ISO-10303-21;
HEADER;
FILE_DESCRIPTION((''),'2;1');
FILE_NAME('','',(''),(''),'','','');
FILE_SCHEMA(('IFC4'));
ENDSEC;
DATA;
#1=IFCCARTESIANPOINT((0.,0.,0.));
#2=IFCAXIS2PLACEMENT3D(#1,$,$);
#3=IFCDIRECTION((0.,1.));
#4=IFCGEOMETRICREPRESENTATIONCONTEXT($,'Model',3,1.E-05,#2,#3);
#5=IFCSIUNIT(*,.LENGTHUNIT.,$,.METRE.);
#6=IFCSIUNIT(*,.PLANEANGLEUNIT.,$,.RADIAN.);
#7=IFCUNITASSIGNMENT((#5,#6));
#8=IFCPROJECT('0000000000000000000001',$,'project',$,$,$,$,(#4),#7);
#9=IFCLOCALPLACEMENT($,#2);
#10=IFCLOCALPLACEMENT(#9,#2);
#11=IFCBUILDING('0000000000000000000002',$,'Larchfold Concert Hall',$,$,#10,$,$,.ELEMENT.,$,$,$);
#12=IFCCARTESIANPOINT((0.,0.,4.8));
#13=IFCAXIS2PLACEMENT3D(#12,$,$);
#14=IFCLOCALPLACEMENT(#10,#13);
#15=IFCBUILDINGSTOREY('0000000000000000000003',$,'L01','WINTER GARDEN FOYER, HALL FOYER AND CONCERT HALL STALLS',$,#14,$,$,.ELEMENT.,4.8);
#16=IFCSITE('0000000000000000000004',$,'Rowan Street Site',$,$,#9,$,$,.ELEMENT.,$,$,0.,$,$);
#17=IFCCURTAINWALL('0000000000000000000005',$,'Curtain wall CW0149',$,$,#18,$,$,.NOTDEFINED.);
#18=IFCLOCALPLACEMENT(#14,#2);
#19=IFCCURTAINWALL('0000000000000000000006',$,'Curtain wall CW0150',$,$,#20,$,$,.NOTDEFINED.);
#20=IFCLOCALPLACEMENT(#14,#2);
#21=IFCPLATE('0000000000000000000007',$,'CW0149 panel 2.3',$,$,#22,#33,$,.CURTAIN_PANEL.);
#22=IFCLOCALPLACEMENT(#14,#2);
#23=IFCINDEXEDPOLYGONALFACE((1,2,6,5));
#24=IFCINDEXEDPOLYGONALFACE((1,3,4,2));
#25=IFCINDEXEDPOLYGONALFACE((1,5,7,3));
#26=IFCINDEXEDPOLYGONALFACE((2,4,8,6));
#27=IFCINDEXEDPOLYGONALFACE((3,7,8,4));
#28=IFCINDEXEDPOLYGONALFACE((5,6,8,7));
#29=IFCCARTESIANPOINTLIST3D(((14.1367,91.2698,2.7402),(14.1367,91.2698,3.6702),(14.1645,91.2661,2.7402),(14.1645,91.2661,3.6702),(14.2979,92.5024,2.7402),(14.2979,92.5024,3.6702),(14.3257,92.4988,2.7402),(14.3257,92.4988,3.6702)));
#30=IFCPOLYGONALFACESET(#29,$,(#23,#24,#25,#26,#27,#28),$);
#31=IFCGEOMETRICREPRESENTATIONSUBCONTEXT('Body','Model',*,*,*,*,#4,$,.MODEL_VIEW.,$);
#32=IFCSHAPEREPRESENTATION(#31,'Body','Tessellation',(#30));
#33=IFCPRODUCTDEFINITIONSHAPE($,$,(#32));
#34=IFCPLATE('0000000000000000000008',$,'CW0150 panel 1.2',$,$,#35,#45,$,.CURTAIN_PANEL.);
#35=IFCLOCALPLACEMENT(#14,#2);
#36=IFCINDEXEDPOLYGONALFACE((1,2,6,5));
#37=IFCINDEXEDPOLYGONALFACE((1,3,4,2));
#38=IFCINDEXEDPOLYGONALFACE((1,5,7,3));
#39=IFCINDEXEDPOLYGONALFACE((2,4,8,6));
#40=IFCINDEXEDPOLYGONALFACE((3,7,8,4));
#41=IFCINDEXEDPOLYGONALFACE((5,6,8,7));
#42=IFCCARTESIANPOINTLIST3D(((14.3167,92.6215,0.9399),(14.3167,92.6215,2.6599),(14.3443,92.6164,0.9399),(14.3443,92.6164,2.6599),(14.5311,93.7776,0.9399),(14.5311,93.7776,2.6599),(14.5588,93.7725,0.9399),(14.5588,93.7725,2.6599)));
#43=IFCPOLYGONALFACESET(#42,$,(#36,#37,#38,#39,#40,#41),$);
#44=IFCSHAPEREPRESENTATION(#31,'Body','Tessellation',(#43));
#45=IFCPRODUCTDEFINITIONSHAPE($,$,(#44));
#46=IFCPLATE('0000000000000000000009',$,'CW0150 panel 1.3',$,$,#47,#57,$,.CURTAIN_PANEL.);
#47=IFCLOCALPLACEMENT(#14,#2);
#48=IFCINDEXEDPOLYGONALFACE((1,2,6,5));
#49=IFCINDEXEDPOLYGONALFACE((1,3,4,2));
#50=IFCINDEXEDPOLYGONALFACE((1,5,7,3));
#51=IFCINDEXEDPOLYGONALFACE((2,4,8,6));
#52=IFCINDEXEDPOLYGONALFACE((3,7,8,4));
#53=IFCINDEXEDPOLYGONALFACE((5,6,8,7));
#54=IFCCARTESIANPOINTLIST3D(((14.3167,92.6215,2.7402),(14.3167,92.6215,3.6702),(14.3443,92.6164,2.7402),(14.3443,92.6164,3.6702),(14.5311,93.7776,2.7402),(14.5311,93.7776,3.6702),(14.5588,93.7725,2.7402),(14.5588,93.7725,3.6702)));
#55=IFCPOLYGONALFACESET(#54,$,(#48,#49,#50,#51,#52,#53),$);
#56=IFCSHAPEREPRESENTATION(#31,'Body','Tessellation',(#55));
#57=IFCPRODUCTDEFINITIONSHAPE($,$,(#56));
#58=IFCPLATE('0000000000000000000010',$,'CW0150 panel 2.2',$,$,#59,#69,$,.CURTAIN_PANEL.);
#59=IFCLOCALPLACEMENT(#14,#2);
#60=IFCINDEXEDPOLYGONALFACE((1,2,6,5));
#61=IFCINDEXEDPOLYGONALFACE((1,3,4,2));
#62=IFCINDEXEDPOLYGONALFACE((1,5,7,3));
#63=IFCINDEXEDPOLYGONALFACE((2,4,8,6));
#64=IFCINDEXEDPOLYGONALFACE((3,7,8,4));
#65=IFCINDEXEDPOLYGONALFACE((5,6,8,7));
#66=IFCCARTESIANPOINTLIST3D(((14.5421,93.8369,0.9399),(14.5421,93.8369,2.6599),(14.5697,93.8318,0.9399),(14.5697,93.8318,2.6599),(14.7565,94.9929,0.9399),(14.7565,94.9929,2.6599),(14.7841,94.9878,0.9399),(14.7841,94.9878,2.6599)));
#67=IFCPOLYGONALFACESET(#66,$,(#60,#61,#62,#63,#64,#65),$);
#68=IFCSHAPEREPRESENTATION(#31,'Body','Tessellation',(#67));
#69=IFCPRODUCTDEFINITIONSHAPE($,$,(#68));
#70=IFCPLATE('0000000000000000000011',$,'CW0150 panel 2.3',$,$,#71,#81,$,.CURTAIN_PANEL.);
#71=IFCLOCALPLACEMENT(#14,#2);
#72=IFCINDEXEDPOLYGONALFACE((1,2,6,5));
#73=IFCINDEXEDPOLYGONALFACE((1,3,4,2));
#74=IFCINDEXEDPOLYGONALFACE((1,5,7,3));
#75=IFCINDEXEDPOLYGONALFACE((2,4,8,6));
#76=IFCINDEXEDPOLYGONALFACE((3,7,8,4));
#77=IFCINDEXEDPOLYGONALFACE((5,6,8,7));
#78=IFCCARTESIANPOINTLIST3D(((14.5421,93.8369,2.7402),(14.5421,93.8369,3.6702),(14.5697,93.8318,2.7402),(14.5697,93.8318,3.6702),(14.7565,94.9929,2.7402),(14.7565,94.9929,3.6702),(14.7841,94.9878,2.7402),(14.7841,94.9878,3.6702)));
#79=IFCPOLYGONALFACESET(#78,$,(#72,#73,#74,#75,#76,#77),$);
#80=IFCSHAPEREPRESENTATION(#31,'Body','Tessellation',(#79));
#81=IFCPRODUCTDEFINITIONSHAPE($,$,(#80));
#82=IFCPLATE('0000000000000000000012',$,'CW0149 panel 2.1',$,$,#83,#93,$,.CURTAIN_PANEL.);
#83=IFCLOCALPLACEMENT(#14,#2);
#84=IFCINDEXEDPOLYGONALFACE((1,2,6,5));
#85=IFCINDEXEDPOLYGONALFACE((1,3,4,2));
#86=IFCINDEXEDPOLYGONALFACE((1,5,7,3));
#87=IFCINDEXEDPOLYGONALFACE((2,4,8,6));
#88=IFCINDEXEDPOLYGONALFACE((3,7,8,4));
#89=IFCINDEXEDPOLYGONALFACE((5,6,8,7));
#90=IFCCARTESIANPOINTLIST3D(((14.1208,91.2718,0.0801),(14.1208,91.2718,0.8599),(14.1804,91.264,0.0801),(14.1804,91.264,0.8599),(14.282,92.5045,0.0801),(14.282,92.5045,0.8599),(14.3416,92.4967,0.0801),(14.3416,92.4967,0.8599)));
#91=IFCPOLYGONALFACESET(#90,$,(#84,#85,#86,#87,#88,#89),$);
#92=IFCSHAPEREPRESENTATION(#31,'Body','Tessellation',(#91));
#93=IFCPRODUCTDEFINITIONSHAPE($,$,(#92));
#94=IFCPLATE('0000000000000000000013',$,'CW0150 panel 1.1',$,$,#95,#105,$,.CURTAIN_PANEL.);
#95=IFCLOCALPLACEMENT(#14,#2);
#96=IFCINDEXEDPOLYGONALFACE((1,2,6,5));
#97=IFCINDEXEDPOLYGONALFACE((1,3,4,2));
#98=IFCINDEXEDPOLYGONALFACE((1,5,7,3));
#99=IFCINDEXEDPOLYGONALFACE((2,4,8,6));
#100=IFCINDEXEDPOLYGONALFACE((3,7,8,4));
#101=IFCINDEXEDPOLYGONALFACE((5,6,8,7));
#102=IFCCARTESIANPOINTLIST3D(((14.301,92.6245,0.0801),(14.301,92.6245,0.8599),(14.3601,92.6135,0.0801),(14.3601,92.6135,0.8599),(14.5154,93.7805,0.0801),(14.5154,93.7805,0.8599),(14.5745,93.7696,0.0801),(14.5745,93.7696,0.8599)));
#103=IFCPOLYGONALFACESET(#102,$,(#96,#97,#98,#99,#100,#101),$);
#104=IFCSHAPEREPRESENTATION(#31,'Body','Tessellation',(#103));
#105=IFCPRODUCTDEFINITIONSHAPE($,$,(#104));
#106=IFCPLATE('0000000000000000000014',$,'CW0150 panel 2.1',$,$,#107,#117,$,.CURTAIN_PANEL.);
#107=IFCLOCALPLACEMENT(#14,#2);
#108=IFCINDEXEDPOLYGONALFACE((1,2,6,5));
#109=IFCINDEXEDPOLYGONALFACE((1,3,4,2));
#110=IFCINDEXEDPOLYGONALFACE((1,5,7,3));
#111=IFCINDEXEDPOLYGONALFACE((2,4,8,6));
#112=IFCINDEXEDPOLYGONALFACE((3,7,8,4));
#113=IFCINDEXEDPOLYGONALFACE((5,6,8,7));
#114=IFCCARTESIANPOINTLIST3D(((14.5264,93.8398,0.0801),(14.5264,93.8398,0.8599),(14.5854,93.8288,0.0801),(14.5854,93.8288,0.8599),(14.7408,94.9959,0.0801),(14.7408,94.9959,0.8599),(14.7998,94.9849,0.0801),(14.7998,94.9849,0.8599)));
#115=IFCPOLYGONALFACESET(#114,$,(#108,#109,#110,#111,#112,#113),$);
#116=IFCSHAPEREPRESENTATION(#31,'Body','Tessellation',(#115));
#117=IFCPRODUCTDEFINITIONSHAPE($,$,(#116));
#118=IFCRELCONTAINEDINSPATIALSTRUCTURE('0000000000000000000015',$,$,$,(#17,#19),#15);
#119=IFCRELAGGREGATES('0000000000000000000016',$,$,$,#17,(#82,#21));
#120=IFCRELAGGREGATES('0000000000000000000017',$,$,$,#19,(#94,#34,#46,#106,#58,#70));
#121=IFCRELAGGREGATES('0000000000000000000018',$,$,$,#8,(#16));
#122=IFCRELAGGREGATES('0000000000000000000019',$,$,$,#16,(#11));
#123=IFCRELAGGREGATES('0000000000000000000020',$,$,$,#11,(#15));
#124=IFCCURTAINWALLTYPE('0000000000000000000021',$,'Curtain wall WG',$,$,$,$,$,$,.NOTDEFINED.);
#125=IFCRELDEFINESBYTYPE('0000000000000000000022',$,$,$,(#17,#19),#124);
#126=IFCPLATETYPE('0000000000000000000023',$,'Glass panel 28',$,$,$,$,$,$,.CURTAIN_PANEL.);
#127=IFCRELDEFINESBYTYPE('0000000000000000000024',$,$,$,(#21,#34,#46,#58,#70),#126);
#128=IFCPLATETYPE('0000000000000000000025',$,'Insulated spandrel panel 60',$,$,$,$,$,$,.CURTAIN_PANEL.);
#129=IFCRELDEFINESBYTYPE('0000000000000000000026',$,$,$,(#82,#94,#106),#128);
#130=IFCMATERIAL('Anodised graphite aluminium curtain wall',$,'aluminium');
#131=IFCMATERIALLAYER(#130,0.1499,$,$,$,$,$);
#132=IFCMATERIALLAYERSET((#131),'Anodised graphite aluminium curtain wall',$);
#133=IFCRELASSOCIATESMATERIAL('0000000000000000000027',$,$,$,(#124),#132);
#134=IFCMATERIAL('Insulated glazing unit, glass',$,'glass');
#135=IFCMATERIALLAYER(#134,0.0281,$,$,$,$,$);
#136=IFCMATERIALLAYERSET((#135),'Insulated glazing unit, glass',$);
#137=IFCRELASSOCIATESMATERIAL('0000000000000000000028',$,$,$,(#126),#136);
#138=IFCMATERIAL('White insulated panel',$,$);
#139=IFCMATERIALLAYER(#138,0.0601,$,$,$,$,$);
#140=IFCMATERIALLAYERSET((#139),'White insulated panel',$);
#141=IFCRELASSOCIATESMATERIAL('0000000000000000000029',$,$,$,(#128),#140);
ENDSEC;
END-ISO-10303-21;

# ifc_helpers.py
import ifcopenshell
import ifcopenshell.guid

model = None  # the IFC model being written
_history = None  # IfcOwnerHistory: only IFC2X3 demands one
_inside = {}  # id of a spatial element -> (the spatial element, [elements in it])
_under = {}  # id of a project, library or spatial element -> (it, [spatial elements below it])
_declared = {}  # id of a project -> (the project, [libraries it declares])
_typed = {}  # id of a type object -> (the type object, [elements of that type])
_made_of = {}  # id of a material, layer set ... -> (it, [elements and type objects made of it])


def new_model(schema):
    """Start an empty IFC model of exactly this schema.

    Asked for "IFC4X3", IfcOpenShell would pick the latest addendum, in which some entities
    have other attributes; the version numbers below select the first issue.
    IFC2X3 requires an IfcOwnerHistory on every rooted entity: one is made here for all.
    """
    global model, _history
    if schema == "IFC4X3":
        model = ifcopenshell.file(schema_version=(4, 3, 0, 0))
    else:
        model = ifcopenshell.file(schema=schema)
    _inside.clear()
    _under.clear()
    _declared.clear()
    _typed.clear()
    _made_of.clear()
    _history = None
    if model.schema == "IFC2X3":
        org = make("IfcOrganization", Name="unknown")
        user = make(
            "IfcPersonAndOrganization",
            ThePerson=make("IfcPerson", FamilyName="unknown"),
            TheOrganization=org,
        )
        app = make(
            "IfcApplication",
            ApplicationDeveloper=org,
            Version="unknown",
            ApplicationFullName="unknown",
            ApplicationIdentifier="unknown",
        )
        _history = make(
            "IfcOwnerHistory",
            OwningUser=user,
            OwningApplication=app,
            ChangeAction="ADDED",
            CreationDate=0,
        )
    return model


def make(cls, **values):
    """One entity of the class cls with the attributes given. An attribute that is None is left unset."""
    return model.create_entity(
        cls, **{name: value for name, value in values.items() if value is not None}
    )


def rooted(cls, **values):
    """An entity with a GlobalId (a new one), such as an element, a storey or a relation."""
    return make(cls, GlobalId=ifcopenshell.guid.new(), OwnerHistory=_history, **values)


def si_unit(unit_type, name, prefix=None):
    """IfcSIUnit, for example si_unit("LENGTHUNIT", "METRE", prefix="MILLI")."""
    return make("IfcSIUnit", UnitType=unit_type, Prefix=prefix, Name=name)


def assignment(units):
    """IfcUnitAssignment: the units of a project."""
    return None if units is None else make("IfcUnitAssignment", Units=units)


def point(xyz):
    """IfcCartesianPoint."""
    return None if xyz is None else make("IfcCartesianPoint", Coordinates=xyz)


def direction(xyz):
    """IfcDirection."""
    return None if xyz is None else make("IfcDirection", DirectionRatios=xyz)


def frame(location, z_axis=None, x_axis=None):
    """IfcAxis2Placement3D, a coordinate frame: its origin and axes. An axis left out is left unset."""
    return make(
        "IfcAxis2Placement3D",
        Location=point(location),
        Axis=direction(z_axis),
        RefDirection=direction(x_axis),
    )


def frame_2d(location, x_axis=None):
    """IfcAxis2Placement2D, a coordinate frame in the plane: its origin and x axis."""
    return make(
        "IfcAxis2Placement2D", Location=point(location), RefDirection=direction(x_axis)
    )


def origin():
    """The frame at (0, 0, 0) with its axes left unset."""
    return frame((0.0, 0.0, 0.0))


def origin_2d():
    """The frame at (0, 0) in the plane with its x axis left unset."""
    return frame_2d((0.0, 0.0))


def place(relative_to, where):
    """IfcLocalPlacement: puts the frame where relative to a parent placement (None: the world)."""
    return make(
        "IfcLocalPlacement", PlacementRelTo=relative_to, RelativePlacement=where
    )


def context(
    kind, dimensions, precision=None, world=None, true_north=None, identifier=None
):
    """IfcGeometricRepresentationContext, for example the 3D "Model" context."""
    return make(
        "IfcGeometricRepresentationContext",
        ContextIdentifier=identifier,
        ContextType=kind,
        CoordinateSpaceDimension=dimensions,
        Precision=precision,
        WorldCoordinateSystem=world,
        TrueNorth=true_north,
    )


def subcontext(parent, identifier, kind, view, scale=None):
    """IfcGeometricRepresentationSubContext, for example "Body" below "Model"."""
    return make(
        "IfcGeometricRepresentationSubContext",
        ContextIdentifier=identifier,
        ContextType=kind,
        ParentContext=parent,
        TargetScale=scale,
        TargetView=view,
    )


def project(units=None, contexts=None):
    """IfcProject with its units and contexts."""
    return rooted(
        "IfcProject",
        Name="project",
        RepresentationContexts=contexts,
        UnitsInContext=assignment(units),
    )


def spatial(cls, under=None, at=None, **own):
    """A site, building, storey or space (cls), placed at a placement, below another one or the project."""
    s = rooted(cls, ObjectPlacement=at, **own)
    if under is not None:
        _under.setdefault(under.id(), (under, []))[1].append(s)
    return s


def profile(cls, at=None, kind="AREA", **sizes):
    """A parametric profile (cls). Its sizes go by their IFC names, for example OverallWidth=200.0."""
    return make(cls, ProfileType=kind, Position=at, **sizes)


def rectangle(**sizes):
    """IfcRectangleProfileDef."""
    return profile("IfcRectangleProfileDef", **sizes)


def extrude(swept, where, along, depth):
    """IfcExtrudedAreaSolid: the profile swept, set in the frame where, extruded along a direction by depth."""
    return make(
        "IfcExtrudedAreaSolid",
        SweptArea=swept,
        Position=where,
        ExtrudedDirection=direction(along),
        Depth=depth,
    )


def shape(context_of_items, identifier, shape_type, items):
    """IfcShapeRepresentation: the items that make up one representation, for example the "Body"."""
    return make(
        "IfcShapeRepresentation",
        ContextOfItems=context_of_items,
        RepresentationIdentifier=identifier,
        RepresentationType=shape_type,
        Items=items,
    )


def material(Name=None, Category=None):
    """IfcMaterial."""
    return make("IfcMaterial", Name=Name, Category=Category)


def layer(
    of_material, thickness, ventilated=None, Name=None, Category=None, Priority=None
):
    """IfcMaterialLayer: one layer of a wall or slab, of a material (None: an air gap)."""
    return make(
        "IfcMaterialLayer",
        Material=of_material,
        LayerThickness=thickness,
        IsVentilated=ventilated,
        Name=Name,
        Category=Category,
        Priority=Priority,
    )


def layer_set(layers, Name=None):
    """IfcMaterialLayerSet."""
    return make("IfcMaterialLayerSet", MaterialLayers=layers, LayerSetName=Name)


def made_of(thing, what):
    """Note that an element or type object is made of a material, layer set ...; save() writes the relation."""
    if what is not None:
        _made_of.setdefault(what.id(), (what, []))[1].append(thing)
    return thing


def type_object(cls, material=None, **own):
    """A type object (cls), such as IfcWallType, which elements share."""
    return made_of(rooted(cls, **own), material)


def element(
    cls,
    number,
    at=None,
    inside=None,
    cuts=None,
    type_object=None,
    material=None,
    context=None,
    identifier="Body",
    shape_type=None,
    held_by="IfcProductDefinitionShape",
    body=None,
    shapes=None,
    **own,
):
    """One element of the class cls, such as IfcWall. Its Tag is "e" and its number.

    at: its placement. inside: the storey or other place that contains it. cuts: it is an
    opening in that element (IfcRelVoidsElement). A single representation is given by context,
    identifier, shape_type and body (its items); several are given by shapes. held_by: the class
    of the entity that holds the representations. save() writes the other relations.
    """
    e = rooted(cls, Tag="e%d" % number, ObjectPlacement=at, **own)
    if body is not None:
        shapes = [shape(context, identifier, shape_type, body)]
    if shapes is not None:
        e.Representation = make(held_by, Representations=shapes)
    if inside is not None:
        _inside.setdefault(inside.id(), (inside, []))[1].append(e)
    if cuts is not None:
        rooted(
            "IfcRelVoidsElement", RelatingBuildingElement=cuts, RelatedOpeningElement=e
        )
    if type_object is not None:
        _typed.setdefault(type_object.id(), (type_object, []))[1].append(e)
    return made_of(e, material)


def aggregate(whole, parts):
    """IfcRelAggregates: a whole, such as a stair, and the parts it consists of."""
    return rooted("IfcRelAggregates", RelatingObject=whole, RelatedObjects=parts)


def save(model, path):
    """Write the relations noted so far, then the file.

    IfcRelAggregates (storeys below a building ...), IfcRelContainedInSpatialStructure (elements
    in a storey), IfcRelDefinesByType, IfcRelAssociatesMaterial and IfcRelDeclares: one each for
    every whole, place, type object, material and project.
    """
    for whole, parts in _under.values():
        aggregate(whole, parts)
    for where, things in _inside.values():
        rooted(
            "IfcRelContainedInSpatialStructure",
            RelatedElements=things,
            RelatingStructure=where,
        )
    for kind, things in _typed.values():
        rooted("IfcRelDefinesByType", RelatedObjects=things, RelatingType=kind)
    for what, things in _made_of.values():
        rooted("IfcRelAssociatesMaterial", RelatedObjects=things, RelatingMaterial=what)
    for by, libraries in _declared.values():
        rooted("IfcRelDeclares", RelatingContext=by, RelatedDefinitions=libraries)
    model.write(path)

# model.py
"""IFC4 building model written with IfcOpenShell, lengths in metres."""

from ifc_helpers import new_model, si_unit, direction, frame, origin, origin_2d, place, context, subcontext, project, spatial, rectangle, extrude, material, layer, layer_set, type_object, element, aggregate, save


model = new_model("IFC4")

# Units and contexts
model_context = context("Model", 3, precision=1e-05, world=origin(), true_north=direction((0.0, 1.0)))
body_context = subcontext(model_context, "Body", "Model", "MODEL_VIEW")
ifc_project = project(units=[si_unit("LENGTHUNIT", "METRE"), si_unit("PLANEANGLEUNIT", "RADIAN")], contexts=[model_context])

# Site, building, storey
site_placement = place(None, origin())
site = spatial("IfcSite", under=ifc_project, at=site_placement, Name="Rowan Street Site", CompositionType="ELEMENT", RefElevation=0.0)
building_placement = place(site_placement, origin())
building = spatial("IfcBuilding", under=site, at=building_placement, Name="Larchfold Concert Hall", CompositionType="ELEMENT")
storey_placement = place(building_placement, frame((0.0, 0.0, 4.8)))
storey = spatial("IfcBuildingStorey", under=building, at=storey_placement, Name="L01", Description="WINTER GARDEN FOYER, HALL FOYER AND CONCERT HALL STALLS", CompositionType="ELEMENT", Elevation=4.8)

# Curtain walls
ifc_material_1 = material(Name="Anodised graphite aluminium curtain wall", Category="aluminium")
ifc_layer_1 = layer(ifc_material_1, 0.1499)
ifc_layer_set_1 = layer_set([ifc_layer_1], Name="Anodised graphite aluminium curtain wall")
curtain_wall_type = type_object("IfcCurtainWallType", Name="Curtain wall WG", PredefinedType="NOTDEFINED", material=ifc_layer_set_1)
curtain_wall_1_placement = place(storey_placement, origin())
curtain_wall_1 = element("IfcCurtainWall", 1, at=curtain_wall_1_placement, inside=storey, type_object=curtain_wall_type, Name="Curtain wall CW0149", PredefinedType="NOTDEFINED")
curtain_wall_2_placement = place(storey_placement, origin())
curtain_wall_2 = element("IfcCurtainWall", 2, at=curtain_wall_2_placement, inside=storey, type_object=curtain_wall_type, Name="Curtain wall CW0150", PredefinedType="NOTDEFINED")

# Plates
ifc_material_2 = material(Name="Insulated glazing unit, glass", Category="glass")
ifc_layer_2 = layer(ifc_material_2, 0.0281)
ifc_layer_set_2 = layer_set([ifc_layer_2], Name="Insulated glazing unit, glass")
plate_type_1 = type_object("IfcPlateType", Name="Glass panel 28", PredefinedType="CURTAIN_PANEL", material=ifc_layer_set_2)
plate_1_placement = place(storey_placement, frame((14.2312, 91.8843, 2.7402), z_axis=(0.0, 0.0, 1.0), x_axis=(0.129644, 0.991561, 0.0)))
plate_1 = element("IfcPlate", 3, at=plate_1_placement, type_object=plate_type_1, Name="CW0149 panel 2.3", PredefinedType="CURTAIN_PANEL", context=body_context, shape_type="SweptSolid", body=[
    extrude(rectangle(XDim=1.2432, YDim=0.0281, at=origin_2d()), origin(), (0.0, 0.0, 1.0), 0.9299),
])
plate_2_placement = place(storey_placement, frame((14.4377, 93.197, 0.9399), z_axis=(0.0, 0.0, 1.0), x_axis=(0.182355, 0.983233, 0.0)))
plate_2 = element("IfcPlate", 4, at=plate_2_placement, type_object=plate_type_1, Name="CW0150 panel 1.2", PredefinedType="CURTAIN_PANEL", context=body_context, shape_type="SweptSolid", body=[
    extrude(rectangle(XDim=1.1758, YDim=0.0281, at=origin_2d()), origin(), (0.0, 0.0, 1.0), 1.72),
])
plate_3_placement = place(storey_placement, frame((14.4377, 93.197, 2.7402), z_axis=(0.0, 0.0, 1.0), x_axis=(0.182355, 0.983233, 0.0)))
plate_3 = element("IfcPlate", 5, at=plate_3_placement, type_object=plate_type_1, Name="CW0150 panel 1.3", PredefinedType="CURTAIN_PANEL", context=body_context, shape_type="SweptSolid", body=[
    extrude(rectangle(XDim=1.1758, YDim=0.0281, at=origin_2d()), origin(), (0.0, 0.0, 1.0), 0.9299),
])
plate_4_placement = place(storey_placement, frame((14.6631, 94.4124, 0.9399), z_axis=(0.0, 0.0, 1.0), x_axis=(0.182355, 0.983233, 0.0)))
plate_4 = element("IfcPlate", 6, at=plate_4_placement, type_object=plate_type_1, Name="CW0150 panel 2.2", PredefinedType="CURTAIN_PANEL", context=body_context, shape_type="SweptSolid", body=[
    extrude(rectangle(XDim=1.1758, YDim=0.0281, at=origin_2d()), origin(), (0.0, 0.0, 1.0), 1.72),
])
plate_5_placement = place(storey_placement, frame((14.6631, 94.4124, 2.7402), z_axis=(0.0, 0.0, 1.0), x_axis=(0.182355, 0.983233, 0.0)))
plate_5 = element("IfcPlate", 7, at=plate_5_placement, type_object=plate_type_1, Name="CW0150 panel 2.3", PredefinedType="CURTAIN_PANEL", context=body_context, shape_type="SweptSolid", body=[
    extrude(rectangle(XDim=1.1758, YDim=0.0281, at=origin_2d()), origin(), (0.0, 0.0, 1.0), 0.9299),
])
ifc_material_3 = material(Name="White insulated panel")
ifc_layer_3 = layer(ifc_material_3, 0.0601)
ifc_layer_set_3 = layer_set([ifc_layer_3], Name="White insulated panel")
plate_type_2 = type_object("IfcPlateType", Name="Insulated spandrel panel 60", PredefinedType="CURTAIN_PANEL", material=ifc_layer_set_3)
plate_6_placement = place(storey_placement, frame((14.2312, 91.8843, 0.0801), z_axis=(0.0, 0.0, 1.0), x_axis=(0.129644, 0.991561, 0.0)))
plate_6 = element("IfcPlate", 8, at=plate_6_placement, type_object=plate_type_2, Name="CW0149 panel 2.1", PredefinedType="CURTAIN_PANEL", context=body_context, shape_type="SweptSolid", body=[
    extrude(rectangle(XDim=1.2432, YDim=0.0601, at=origin_2d()), origin(), (0.0, 0.0, 1.0), 0.7798),
])
aggregate(curtain_wall_1, [plate_6, plate_1])
plate_7_placement = place(storey_placement, frame((14.4377, 93.197, 0.0801), z_axis=(0.0, 0.0, 1.0), x_axis=(0.182355, 0.983233, 0.0)))
plate_7 = element("IfcPlate", 9, at=plate_7_placement, type_object=plate_type_2, Name="CW0150 panel 1.1", PredefinedType="CURTAIN_PANEL", context=body_context, shape_type="SweptSolid", body=[
    extrude(rectangle(XDim=1.1758, YDim=0.0601, at=origin_2d()), origin(), (0.0, 0.0, 1.0), 0.7798),
])
plate_8_placement = place(storey_placement, frame((14.6631, 94.4124, 0.0801), z_axis=(0.0, 0.0, 1.0), x_axis=(0.182355, 0.983233, 0.0)))
plate_8 = element("IfcPlate", 10, at=plate_8_placement, type_object=plate_type_2, Name="CW0150 panel 2.1", PredefinedType="CURTAIN_PANEL", context=body_context, shape_type="SweptSolid", body=[
    extrude(rectangle(XDim=1.1758, YDim=0.0601, at=origin_2d()), origin(), (0.0, 0.0, 1.0), 0.7798),
])
aggregate(curtain_wall_2, [plate_7, plate_2, plate_3, plate_8, plate_4, plate_5])

save(model, "model.ifc")
